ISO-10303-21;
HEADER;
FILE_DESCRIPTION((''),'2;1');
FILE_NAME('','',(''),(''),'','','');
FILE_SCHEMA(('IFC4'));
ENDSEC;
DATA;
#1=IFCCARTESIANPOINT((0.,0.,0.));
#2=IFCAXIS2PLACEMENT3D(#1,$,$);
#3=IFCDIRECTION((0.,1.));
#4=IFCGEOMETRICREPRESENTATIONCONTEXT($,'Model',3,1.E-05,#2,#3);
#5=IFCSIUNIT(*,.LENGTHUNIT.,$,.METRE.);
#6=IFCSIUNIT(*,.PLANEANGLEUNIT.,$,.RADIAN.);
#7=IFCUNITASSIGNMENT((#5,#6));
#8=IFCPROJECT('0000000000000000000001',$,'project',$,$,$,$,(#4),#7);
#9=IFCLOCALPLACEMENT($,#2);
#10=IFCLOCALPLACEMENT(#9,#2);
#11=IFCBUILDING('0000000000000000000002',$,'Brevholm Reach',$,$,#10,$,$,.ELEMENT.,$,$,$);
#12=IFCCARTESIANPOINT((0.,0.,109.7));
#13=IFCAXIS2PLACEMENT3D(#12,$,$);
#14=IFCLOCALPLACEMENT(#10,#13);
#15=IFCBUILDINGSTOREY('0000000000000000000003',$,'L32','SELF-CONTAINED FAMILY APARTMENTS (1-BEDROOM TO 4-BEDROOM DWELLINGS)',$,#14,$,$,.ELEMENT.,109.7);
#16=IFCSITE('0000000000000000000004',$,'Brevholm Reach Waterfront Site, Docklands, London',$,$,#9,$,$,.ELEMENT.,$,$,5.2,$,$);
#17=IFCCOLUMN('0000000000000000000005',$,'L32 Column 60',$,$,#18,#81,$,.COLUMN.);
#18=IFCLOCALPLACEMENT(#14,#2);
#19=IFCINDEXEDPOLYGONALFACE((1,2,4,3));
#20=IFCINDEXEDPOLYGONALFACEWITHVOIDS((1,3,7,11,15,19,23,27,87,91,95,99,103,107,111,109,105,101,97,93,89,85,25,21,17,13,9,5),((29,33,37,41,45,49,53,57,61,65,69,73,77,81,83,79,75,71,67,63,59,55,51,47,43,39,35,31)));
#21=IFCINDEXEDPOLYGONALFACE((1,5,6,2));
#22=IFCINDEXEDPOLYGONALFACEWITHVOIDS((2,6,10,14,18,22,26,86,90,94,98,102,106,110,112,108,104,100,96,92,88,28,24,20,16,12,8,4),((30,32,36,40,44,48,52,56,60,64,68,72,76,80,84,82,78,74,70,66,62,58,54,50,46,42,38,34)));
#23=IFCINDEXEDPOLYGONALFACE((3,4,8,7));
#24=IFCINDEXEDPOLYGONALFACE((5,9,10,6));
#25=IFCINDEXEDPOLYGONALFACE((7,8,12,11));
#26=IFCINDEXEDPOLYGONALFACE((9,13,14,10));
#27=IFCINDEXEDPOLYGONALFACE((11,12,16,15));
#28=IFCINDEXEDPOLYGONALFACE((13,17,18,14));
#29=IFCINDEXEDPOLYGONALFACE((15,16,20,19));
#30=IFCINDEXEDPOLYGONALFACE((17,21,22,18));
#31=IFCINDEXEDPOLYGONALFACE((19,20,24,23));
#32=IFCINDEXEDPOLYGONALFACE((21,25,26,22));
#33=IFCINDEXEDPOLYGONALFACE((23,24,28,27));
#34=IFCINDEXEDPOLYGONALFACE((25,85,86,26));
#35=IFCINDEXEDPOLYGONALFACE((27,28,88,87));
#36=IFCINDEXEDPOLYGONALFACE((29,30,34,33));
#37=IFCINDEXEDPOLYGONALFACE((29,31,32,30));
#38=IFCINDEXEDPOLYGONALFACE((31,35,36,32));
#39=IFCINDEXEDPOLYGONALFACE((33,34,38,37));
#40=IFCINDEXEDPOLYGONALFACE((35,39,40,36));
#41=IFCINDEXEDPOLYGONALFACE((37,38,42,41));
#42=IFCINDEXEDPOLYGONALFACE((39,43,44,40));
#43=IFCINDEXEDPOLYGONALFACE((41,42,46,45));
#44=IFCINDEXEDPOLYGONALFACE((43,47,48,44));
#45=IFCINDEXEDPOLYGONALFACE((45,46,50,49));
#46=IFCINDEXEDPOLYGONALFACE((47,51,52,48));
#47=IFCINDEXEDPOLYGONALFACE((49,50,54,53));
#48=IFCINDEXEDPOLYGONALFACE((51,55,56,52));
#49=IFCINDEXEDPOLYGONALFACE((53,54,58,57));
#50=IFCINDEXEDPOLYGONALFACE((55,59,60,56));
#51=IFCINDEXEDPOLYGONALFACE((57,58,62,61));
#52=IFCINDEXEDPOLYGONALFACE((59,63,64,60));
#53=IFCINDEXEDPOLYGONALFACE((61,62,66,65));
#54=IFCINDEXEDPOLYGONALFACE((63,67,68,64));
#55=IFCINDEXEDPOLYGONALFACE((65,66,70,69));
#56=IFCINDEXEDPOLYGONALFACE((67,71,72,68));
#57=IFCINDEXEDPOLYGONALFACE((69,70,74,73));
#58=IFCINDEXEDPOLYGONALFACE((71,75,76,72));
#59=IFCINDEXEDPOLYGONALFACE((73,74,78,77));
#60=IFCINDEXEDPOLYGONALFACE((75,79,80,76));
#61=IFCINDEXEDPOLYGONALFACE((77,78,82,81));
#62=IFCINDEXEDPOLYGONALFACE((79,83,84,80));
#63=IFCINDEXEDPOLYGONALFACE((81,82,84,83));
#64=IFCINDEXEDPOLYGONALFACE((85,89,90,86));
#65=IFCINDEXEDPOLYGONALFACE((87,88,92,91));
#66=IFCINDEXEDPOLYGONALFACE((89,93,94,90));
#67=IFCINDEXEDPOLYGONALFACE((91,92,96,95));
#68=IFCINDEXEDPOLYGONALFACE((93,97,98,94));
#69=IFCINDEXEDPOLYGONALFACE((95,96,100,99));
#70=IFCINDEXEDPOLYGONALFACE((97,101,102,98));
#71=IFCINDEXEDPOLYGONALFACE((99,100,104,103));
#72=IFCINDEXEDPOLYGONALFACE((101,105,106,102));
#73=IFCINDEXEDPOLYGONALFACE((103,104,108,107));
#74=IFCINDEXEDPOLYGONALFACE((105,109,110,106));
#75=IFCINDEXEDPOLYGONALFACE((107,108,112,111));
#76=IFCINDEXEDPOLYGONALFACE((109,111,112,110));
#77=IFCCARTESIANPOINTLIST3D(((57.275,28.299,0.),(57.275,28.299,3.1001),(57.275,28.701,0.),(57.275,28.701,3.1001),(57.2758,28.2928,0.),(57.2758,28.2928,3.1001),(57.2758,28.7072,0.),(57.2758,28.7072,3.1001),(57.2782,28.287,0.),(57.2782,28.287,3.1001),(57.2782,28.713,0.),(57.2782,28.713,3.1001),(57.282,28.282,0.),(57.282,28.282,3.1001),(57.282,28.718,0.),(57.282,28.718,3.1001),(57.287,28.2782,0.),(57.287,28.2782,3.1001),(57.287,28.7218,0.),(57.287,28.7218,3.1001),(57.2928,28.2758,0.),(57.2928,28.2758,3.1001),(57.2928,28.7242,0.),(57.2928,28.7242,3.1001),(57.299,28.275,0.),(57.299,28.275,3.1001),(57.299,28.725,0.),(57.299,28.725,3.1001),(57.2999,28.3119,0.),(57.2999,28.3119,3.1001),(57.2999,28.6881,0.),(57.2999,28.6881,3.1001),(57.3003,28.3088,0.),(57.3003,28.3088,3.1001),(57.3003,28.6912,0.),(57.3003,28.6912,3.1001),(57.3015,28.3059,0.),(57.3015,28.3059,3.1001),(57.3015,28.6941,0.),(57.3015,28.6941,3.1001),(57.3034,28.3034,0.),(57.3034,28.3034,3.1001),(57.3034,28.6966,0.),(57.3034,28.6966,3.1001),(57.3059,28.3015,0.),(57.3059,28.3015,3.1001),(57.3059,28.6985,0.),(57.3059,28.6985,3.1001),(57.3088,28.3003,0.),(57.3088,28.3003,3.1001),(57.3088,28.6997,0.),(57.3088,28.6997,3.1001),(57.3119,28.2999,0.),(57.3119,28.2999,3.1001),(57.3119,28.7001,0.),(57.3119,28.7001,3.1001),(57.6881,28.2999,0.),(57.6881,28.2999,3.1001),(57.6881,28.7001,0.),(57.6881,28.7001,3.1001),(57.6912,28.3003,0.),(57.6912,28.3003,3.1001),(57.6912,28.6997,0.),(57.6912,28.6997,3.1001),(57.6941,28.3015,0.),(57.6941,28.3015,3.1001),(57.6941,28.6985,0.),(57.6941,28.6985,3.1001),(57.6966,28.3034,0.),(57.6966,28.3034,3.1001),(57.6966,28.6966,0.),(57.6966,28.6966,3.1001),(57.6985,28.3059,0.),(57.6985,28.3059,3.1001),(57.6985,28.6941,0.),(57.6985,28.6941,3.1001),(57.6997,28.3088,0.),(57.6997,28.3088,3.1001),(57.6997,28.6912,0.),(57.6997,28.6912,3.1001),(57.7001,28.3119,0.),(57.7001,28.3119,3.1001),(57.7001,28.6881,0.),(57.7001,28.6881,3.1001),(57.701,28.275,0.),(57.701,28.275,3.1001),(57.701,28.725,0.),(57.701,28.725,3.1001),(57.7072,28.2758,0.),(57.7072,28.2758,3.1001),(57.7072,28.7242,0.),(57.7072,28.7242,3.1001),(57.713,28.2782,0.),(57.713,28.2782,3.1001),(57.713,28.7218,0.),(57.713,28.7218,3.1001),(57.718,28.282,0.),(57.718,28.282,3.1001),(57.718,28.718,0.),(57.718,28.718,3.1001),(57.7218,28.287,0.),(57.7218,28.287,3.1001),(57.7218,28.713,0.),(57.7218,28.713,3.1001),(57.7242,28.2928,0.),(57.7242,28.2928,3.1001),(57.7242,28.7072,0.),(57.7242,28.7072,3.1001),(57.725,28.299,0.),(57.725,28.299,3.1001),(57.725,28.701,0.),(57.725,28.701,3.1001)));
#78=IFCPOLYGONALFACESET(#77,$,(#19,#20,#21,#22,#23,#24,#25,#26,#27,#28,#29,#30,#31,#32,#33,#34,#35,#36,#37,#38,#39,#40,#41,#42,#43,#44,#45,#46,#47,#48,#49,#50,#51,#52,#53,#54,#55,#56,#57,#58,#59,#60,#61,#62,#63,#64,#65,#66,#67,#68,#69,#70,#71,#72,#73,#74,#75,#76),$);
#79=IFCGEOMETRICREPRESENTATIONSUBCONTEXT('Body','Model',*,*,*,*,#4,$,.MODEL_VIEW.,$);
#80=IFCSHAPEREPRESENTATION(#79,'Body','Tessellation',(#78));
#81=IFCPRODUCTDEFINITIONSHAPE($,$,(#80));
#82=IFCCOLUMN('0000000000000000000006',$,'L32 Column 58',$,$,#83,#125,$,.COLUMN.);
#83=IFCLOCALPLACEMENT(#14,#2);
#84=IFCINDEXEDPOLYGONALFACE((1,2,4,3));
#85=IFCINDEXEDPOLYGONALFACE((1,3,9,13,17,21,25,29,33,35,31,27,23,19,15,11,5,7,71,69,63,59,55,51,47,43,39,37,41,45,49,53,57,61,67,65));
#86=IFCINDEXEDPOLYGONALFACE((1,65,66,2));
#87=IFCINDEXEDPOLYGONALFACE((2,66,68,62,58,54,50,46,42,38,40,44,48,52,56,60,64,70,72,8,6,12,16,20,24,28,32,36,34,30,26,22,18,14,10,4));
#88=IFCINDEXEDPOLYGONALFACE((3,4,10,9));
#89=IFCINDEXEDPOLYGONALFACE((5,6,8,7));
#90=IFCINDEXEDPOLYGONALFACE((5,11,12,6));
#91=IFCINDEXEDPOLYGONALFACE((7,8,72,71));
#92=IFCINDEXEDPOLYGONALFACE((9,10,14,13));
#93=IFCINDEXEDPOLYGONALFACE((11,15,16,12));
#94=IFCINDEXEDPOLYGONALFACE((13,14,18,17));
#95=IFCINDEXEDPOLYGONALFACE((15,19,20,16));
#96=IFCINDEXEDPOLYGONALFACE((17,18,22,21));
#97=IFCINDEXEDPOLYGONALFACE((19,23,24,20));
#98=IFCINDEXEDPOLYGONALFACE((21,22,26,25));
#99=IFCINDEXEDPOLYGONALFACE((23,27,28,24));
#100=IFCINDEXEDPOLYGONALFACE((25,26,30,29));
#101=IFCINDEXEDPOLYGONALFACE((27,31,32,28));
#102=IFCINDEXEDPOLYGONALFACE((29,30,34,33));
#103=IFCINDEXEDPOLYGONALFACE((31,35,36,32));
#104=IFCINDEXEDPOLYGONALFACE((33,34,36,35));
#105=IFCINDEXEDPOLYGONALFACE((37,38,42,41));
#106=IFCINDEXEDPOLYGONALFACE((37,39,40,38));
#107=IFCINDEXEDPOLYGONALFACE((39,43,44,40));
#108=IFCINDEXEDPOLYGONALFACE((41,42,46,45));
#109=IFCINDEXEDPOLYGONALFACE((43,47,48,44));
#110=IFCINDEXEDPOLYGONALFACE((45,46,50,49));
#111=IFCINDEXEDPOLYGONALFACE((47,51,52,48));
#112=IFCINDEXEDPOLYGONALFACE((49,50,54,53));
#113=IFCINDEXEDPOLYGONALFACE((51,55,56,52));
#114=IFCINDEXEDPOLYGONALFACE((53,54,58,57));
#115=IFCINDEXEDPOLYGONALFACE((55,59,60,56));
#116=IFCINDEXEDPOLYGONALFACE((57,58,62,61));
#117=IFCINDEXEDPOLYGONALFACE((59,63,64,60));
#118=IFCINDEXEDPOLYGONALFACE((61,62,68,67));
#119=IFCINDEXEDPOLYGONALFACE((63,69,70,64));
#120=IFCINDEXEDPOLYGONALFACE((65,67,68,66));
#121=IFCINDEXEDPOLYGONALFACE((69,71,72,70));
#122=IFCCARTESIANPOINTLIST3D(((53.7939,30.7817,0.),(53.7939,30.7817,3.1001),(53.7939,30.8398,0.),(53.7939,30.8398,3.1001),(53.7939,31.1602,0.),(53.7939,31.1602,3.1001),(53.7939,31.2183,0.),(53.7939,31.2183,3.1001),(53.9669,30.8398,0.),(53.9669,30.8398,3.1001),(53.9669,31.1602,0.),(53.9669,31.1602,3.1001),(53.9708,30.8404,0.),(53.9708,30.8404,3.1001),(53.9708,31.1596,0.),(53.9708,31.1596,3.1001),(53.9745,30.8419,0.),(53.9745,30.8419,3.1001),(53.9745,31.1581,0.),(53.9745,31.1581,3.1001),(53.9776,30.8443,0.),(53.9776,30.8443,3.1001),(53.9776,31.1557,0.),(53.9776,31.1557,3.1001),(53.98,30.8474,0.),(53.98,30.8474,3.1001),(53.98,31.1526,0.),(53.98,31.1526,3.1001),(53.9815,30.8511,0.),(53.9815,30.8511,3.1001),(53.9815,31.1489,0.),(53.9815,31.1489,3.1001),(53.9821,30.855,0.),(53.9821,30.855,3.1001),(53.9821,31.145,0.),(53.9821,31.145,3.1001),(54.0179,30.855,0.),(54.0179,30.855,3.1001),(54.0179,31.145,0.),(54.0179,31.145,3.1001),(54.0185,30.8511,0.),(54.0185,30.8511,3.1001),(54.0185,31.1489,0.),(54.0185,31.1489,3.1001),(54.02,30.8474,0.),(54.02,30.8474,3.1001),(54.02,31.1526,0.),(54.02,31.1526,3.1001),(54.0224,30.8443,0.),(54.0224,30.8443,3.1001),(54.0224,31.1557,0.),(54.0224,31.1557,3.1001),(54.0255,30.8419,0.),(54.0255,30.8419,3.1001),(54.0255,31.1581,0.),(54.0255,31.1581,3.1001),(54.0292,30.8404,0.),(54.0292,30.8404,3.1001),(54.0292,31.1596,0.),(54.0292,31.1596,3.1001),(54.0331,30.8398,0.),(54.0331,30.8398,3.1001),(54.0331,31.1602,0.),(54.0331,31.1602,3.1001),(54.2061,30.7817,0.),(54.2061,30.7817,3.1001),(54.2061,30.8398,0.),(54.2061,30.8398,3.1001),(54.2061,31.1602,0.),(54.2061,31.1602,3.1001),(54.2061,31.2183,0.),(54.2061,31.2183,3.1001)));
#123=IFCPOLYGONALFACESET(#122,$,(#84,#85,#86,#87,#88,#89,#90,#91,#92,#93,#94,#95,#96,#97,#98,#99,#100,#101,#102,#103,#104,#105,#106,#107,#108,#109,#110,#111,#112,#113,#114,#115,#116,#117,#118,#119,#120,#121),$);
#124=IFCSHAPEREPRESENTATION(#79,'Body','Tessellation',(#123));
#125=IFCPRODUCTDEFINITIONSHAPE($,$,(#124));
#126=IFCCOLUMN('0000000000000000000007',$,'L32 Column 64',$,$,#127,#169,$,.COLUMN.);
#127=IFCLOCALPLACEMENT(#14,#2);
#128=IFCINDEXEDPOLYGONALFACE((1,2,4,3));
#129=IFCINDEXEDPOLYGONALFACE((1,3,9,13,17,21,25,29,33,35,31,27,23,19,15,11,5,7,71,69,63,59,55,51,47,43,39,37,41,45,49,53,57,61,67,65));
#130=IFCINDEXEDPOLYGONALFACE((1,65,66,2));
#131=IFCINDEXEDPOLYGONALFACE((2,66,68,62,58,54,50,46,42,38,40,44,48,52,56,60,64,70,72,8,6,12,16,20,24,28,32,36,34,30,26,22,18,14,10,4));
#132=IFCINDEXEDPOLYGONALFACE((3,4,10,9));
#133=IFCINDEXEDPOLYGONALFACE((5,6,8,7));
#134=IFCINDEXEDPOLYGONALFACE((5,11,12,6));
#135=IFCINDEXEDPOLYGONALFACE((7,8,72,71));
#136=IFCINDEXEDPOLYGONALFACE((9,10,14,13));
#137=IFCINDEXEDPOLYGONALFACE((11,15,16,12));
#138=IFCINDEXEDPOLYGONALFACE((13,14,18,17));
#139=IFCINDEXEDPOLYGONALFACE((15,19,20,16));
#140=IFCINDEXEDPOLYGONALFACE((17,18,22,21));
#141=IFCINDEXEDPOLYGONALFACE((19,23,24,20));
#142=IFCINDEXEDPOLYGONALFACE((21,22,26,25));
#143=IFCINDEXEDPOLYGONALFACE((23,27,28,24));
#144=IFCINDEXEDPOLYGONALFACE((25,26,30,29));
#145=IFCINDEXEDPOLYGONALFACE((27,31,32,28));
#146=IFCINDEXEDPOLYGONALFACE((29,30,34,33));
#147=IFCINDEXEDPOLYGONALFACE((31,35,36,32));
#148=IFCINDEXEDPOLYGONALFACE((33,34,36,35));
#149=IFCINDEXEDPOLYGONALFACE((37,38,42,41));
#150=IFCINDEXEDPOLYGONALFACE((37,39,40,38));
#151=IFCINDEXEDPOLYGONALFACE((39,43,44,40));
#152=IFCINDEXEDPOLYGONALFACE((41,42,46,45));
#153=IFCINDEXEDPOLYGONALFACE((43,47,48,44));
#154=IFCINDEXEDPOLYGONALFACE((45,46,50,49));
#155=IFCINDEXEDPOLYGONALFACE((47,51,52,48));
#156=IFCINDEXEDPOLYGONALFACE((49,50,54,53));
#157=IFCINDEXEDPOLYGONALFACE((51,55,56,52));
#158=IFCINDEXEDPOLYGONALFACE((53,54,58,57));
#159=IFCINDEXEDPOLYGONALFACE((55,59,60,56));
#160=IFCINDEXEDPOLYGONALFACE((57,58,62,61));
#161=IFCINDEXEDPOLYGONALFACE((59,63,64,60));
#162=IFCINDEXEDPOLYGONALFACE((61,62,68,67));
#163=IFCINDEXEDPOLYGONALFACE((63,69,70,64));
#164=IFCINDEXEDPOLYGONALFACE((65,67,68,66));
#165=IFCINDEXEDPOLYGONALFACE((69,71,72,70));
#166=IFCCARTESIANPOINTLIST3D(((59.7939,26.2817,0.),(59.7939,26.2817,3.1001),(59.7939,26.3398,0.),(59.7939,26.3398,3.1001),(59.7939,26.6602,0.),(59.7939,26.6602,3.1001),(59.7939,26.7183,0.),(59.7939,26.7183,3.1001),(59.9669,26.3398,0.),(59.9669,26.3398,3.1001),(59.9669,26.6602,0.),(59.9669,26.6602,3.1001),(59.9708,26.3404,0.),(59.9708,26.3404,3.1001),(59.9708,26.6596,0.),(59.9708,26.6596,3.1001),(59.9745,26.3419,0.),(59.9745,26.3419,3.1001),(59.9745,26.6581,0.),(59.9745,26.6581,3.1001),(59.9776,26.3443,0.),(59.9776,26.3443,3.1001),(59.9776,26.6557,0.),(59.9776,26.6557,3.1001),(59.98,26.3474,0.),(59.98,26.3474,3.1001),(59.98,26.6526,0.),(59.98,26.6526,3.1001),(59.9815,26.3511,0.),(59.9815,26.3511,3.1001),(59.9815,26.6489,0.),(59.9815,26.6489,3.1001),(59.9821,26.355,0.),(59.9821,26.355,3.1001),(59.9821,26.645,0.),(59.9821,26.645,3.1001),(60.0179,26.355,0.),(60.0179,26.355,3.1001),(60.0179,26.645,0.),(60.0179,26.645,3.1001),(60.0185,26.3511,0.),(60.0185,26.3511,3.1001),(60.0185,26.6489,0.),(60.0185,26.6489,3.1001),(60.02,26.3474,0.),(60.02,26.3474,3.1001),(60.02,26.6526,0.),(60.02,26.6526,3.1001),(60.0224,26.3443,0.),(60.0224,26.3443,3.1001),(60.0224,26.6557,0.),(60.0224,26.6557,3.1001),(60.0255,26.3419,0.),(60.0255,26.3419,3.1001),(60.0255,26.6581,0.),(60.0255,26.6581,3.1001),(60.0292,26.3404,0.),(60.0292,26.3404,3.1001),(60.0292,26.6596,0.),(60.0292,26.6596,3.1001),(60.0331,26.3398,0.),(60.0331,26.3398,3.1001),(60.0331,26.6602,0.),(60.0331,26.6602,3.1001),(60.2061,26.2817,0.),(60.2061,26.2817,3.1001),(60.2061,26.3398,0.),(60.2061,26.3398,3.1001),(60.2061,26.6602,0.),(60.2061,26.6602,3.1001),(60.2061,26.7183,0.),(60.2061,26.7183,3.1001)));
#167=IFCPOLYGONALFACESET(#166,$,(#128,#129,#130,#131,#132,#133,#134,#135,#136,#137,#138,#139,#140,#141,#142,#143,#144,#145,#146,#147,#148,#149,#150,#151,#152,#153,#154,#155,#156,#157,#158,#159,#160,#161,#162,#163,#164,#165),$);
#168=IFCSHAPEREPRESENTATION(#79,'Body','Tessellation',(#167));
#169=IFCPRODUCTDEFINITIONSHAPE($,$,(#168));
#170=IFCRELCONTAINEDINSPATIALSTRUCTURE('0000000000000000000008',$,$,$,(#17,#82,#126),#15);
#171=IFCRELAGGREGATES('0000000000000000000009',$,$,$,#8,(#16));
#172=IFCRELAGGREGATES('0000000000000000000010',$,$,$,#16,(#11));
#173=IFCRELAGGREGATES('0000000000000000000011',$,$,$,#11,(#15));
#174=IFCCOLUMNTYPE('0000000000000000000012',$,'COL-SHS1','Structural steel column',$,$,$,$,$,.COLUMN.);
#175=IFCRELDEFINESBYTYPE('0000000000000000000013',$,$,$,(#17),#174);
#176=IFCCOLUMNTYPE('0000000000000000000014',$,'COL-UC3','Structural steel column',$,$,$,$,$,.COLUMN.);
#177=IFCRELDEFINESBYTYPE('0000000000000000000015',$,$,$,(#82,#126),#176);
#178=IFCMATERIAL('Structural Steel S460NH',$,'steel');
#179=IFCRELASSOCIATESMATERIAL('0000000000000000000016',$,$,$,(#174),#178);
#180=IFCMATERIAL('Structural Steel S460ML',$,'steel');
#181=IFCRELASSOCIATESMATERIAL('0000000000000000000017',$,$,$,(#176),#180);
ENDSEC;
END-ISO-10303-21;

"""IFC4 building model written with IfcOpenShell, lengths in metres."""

from ifc_helpers import new_model, si_unit, direction, frame, origin, origin_2d, place, context, subcontext, project, spatial, hollow_rectangle, i_section, extrude, material, material_profile, profile_set, type_object, element, save


model = new_model("IFC4")

# Units and contexts
model_context = context("Model", 3, precision=1e-05, world=origin(), true_north=direction((0.0, 1.0)))
body_context = subcontext(model_context, "Body", "Model", "MODEL_VIEW")
ifc_project = project(units=[si_unit("LENGTHUNIT", "METRE"), si_unit("PLANEANGLEUNIT", "RADIAN")], contexts=[model_context])

# Site, building, storey
site_placement = place(None, origin())
site = spatial("IfcSite", under=ifc_project, at=site_placement, Name="Brevholm Reach Waterfront Site, Docklands, London", CompositionType="ELEMENT", RefElevation=5.2)
building_placement = place(site_placement, origin())
building = spatial("IfcBuilding", under=site, at=building_placement, Name="Brevholm Reach", CompositionType="ELEMENT")
storey_placement = place(building_placement, frame((0.0, 0.0, 109.7)))
storey = spatial("IfcBuildingStorey", under=building, at=storey_placement, Name="L32", Description="SELF-CONTAINED FAMILY APARTMENTS (1-BEDROOM TO 4-BEDROOM DWELLINGS)", CompositionType="ELEMENT", Elevation=109.7)

# Columns
ifc_material_1 = material(Name="Structural Steel S460NH", Category="steel")
ifc_material_profile_1 = material_profile(ifc_material_1, hollow_rectangle(XDim=0.45, YDim=0.45, WallThickness=0.0249, InnerFilletRadius=0.012, OuterFilletRadius=0.0239, at=origin_2d()), Name="SHS 450x450x25")
ifc_profile_set_1 = profile_set([ifc_material_profile_1], Name="Structural Steel S460NH")
column_type_1 = type_object("IfcColumnType", Name="COL-SHS1", Description="Structural steel column", PredefinedType="COLUMN", material=ifc_profile_set_1)
column_1_placement = place(storey_placement, frame((57.5, 28.5, 0.0), z_axis=(0.0, 0.0, 1.0), x_axis=(1.0, 0.0, 0.0)))
element("IfcColumn", 1, at=column_1_placement, inside=storey, type_object=column_type_1, Name="L32 Column 60", PredefinedType="COLUMN", context=body_context, shape_type="SweptSolid", body=[
    extrude(hollow_rectangle(XDim=0.45, YDim=0.45, WallThickness=0.0249, InnerFilletRadius=0.012, OuterFilletRadius=0.0239, at=origin_2d()), origin(), (0.0, 0.0, 1.0), 3.1001),
])
ifc_material_2 = material(Name="Structural Steel S460ML", Category="steel")
ifc_material_profile_2 = material_profile(ifc_material_2, i_section(OverallWidth=0.4121, OverallDepth=0.4365, WebThickness=0.0359, FlangeThickness=0.0581, FilletRadius=0.0151, at=origin_2d()), Name="UKC 356x406x467")
ifc_profile_set_2 = profile_set([ifc_material_profile_2], Name="Structural Steel S460ML")
column_type_2 = type_object("IfcColumnType", Name="COL-UC3", Description="Structural steel column", PredefinedType="COLUMN", material=ifc_profile_set_2)
for number, where, z_axis, x_axis, name in (
    (2, (54.0, 31.0, 0.0), (0.0, 0.0, 1.0), (1.0, 0.0, 0.0), "L32 Column 58"),
    (3, (60.0, 26.5, 0.0), (0.0, 0.0, 1.0), (1.0, 0.0, 0.0), "L32 Column 64"),
):
    element("IfcColumn", number, at=place(storey_placement, frame(where, z_axis=z_axis, x_axis=x_axis)), inside=storey, type_object=column_type_2, Name=name, PredefinedType="COLUMN", context=body_context, shape_type="SweptSolid", body=[
        extrude(i_section(OverallWidth=0.4121, OverallDepth=0.4365, WebThickness=0.0359, FlangeThickness=0.0581, FilletRadius=0.0151, at=origin_2d()), origin(), (0.0, 0.0, 1.0), 3.1001),
    ])

save(model, "model.ifc")
